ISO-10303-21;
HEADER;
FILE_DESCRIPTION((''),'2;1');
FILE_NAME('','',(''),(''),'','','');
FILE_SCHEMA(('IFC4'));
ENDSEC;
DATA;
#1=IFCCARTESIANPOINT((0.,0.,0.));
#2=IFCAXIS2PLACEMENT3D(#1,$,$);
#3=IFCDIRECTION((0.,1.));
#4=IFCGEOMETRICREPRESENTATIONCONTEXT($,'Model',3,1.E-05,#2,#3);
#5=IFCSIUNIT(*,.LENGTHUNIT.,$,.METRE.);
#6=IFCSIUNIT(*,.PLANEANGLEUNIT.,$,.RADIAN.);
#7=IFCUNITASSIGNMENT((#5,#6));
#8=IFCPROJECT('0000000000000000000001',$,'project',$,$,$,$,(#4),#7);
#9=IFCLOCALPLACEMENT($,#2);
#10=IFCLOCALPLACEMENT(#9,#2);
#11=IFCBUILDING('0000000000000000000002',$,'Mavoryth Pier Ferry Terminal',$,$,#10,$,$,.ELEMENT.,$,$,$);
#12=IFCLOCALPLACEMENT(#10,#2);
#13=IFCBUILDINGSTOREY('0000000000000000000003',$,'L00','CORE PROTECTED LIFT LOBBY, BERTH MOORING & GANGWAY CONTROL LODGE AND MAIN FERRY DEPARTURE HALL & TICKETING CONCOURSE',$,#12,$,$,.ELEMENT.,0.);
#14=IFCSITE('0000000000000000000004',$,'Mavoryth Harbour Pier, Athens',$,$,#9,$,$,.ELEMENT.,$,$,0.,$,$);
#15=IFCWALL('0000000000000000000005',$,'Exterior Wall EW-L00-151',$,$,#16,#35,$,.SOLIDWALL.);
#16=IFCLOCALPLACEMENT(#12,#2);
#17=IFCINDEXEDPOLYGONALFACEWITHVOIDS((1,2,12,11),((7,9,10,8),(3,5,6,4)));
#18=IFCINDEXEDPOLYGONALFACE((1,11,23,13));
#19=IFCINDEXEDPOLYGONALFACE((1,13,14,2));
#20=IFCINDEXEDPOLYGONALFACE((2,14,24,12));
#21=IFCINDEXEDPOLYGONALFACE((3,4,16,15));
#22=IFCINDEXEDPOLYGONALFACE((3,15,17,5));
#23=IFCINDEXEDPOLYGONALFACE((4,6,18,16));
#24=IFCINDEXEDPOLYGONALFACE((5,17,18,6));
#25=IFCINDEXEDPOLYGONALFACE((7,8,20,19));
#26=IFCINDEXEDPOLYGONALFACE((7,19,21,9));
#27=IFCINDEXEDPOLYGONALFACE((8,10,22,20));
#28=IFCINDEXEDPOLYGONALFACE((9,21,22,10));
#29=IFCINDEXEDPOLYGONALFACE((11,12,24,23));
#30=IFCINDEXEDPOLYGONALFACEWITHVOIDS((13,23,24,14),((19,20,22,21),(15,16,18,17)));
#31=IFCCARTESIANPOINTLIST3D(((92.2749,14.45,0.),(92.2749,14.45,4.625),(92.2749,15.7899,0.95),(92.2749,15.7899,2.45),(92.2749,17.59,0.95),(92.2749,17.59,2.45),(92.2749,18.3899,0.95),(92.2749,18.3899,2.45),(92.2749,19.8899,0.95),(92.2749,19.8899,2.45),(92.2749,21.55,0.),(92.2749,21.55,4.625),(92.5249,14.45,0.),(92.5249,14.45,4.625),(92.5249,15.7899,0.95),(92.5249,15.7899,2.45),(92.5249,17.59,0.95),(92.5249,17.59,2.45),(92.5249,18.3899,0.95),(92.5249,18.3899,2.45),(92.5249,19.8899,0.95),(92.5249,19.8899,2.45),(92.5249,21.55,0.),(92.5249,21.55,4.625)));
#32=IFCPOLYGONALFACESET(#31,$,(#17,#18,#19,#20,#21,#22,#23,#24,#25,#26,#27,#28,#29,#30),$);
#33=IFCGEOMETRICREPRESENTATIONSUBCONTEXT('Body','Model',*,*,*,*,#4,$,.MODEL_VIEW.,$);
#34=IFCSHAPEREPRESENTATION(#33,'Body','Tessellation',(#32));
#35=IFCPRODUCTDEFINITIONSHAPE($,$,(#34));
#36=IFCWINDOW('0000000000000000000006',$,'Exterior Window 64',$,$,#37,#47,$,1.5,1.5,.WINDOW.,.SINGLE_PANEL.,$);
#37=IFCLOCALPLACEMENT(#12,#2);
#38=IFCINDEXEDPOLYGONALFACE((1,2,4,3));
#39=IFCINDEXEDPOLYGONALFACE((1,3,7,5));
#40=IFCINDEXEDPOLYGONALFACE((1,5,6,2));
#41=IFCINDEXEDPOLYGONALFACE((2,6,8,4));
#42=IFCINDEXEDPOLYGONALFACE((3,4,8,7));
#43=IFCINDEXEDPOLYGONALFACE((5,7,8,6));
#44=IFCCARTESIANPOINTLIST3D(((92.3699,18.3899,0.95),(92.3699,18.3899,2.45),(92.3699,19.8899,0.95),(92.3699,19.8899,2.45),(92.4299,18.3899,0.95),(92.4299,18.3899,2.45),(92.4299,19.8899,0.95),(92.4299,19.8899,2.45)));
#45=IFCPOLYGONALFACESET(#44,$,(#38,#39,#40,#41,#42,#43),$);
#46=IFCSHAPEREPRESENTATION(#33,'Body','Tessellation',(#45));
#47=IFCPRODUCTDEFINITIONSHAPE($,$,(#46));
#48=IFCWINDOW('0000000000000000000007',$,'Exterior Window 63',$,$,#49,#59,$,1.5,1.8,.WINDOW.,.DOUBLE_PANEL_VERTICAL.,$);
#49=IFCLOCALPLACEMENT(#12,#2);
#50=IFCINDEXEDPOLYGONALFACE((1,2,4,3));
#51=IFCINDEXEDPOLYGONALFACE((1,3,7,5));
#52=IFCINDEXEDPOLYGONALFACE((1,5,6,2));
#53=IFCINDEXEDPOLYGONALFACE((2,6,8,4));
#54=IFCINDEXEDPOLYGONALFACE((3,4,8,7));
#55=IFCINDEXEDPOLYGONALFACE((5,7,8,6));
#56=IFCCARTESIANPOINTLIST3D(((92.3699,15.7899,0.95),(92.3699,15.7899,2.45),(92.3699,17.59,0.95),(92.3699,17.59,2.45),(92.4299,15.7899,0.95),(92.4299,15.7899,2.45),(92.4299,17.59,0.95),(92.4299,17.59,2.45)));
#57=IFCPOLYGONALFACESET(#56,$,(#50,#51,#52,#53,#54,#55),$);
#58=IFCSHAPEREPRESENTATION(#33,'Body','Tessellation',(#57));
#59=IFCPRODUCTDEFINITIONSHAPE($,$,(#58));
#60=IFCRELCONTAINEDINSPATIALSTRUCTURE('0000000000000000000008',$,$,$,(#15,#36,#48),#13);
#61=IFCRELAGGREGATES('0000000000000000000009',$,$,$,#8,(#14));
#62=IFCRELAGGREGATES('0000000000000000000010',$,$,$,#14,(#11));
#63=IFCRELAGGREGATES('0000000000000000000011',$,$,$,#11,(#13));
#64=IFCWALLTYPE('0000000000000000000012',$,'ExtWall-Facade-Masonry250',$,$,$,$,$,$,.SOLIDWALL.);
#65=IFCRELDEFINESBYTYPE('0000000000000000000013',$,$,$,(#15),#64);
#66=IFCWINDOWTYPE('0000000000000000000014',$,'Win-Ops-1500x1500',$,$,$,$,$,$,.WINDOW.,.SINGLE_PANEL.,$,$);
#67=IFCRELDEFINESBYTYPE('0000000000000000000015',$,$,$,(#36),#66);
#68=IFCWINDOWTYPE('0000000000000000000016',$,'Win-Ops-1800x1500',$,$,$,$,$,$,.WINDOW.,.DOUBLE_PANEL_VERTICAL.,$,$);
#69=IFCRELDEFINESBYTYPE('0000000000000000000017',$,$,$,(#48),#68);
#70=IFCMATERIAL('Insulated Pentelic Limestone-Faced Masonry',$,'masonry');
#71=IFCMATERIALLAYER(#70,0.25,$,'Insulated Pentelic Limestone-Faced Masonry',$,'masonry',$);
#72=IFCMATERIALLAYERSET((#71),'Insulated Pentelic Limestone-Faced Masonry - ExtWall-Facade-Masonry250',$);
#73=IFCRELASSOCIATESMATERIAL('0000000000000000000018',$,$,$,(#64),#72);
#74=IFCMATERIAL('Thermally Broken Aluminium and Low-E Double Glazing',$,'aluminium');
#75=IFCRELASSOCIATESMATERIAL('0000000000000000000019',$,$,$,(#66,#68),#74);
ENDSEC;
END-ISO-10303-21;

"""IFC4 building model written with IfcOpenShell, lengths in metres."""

from ifc_helpers import new_model, si_unit, direction, frame, frame_2d, origin, place, context, subcontext, project, spatial, rectangle, extrude, material, layer, layer_set, type_object, element, fill, save


model = new_model("IFC4")

# Units and contexts
model_context = context("Model", 3, precision=1e-05, world=origin(), true_north=direction((0.0, 1.0)))
body_context = subcontext(model_context, "Body", "Model", "MODEL_VIEW")
ifc_project = project(units=[si_unit("LENGTHUNIT", "METRE"), si_unit("PLANEANGLEUNIT", "RADIAN")], contexts=[model_context])

# Site, building, storey
site_placement = place(None, origin())
site = spatial("IfcSite", under=ifc_project, at=site_placement, Name="Mavoryth Harbour Pier, Athens", CompositionType="ELEMENT", RefElevation=0.0)
building_placement = place(site_placement, origin())
building = spatial("IfcBuilding", under=site, at=building_placement, Name="Mavoryth Pier Ferry Terminal", CompositionType="ELEMENT")
storey_placement = place(building_placement, origin())
storey = spatial("IfcBuildingStorey", under=building, at=storey_placement, Name="L00", Description="CORE PROTECTED LIFT LOBBY, BERTH MOORING & GANGWAY CONTROL LODGE AND MAIN FERRY DEPARTURE HALL & TICKETING CONCOURSE", CompositionType="ELEMENT", Elevation=0.0)

# Shared definitions
ifc_material_1 = material(Name="Insulated Pentelic Limestone-Faced Masonry", Category="masonry")
ifc_layer = layer(ifc_material_1, 0.25, Name="Insulated Pentelic Limestone-Faced Masonry", Category="masonry")
ifc_layer_set = layer_set([ifc_layer], Name="Insulated Pentelic Limestone-Faced Masonry - ExtWall-Facade-Masonry250")
wall_type = type_object("IfcWallType", Name="ExtWall-Facade-Masonry250", PredefinedType="SOLIDWALL", material=ifc_layer_set)
ifc_material_2 = material(Name="Thermally Broken Aluminium and Low-E Double Glazing", Category="aluminium")

# Wall, openings, windows
window_type_1 = type_object("IfcWindowType", Name="Win-Ops-1500x1500", PartitioningType="SINGLE_PANEL", PredefinedType="WINDOW", material=ifc_material_2)
window_type_2 = type_object("IfcWindowType", Name="Win-Ops-1800x1500", PartitioningType="DOUBLE_PANEL_VERTICAL", PredefinedType="WINDOW", material=ifc_material_2)
wall_1_placement = place(storey_placement, frame((92.3999, 14.45, 0.0), z_axis=(0.0, 0.0, 1.0), x_axis=(0.0, 1.0, 0.0)))
wall_1 = element("IfcWall", 1, at=wall_1_placement, inside=storey, type_object=wall_type, Name="Exterior Wall EW-L00-151", PredefinedType="SOLIDWALL", context=body_context, shape_type="SweptSolid", body=[
    extrude(rectangle(XDim=7.1001, YDim=0.25, at=frame_2d((3.55, 0.0))), origin(), (0.0, 0.0, 1.0), 4.625),
])
opening_1_placement = place(wall_1_placement, frame((1.3401, 0.0, 0.95)))
opening_1 = element("IfcOpeningElement", 2, at=opening_1_placement, cuts=wall_1, PredefinedType="OPENING", context=body_context, shape_type="SweptSolid", body=[
    extrude(rectangle(XDim=1.8, YDim=1.5, at=frame_2d((0.8999, 0.75))), frame((0.0, 0.135, 0.0), z_axis=(0.0, -1.0, 0.0), x_axis=(1.0, 0.0, 0.0)), (0.0, 0.0, 1.0), 0.27),
])
opening_2_placement = place(wall_1_placement, frame((3.9399, 0.0, 0.95)))
opening_2 = element("IfcOpeningElement", 3, at=opening_2_placement, cuts=wall_1, PredefinedType="OPENING", context=body_context, shape_type="SweptSolid", body=[
    extrude(rectangle(XDim=1.5, YDim=1.5, at=frame_2d((0.75, 0.75))), frame((0.0, 0.135, 0.0), z_axis=(0.0, -1.0, 0.0), x_axis=(1.0, 0.0, 0.0)), (0.0, 0.0, 1.0), 0.27),
])
window_1_placement = place(opening_2_placement, origin())
window_1 = element("IfcWindow", 4, at=window_1_placement, inside=storey, type_object=window_type_1, Name="Exterior Window 64", OverallHeight=1.5, OverallWidth=1.5, PartitioningType="SINGLE_PANEL", PredefinedType="WINDOW", context=body_context, shape_type="SweptSolid", body=[
    extrude(rectangle(XDim=1.5, YDim=1.5, at=frame_2d((0.75, 0.75))), frame((0.0, 0.03, 0.0), z_axis=(0.0, -1.0, 0.0), x_axis=(1.0, 0.0, 0.0)), (0.0, 0.0, 1.0), 0.0601),
])
fill(opening_2, window_1)
window_2_placement = place(opening_1_placement, origin())
window_2 = element("IfcWindow", 5, at=window_2_placement, inside=storey, type_object=window_type_2, Name="Exterior Window 63", OverallHeight=1.5, OverallWidth=1.8, PartitioningType="DOUBLE_PANEL_VERTICAL", PredefinedType="WINDOW", context=body_context, shape_type="SweptSolid", body=[
    extrude(rectangle(XDim=1.8, YDim=1.5, at=frame_2d((0.8999, 0.75))), frame((0.0, 0.03, 0.0), z_axis=(0.0, -1.0, 0.0), x_axis=(1.0, 0.0, 0.0)), (0.0, 0.0, 1.0), 0.0601),
])
fill(opening_1, window_2)

save(model, "model.ifc")
